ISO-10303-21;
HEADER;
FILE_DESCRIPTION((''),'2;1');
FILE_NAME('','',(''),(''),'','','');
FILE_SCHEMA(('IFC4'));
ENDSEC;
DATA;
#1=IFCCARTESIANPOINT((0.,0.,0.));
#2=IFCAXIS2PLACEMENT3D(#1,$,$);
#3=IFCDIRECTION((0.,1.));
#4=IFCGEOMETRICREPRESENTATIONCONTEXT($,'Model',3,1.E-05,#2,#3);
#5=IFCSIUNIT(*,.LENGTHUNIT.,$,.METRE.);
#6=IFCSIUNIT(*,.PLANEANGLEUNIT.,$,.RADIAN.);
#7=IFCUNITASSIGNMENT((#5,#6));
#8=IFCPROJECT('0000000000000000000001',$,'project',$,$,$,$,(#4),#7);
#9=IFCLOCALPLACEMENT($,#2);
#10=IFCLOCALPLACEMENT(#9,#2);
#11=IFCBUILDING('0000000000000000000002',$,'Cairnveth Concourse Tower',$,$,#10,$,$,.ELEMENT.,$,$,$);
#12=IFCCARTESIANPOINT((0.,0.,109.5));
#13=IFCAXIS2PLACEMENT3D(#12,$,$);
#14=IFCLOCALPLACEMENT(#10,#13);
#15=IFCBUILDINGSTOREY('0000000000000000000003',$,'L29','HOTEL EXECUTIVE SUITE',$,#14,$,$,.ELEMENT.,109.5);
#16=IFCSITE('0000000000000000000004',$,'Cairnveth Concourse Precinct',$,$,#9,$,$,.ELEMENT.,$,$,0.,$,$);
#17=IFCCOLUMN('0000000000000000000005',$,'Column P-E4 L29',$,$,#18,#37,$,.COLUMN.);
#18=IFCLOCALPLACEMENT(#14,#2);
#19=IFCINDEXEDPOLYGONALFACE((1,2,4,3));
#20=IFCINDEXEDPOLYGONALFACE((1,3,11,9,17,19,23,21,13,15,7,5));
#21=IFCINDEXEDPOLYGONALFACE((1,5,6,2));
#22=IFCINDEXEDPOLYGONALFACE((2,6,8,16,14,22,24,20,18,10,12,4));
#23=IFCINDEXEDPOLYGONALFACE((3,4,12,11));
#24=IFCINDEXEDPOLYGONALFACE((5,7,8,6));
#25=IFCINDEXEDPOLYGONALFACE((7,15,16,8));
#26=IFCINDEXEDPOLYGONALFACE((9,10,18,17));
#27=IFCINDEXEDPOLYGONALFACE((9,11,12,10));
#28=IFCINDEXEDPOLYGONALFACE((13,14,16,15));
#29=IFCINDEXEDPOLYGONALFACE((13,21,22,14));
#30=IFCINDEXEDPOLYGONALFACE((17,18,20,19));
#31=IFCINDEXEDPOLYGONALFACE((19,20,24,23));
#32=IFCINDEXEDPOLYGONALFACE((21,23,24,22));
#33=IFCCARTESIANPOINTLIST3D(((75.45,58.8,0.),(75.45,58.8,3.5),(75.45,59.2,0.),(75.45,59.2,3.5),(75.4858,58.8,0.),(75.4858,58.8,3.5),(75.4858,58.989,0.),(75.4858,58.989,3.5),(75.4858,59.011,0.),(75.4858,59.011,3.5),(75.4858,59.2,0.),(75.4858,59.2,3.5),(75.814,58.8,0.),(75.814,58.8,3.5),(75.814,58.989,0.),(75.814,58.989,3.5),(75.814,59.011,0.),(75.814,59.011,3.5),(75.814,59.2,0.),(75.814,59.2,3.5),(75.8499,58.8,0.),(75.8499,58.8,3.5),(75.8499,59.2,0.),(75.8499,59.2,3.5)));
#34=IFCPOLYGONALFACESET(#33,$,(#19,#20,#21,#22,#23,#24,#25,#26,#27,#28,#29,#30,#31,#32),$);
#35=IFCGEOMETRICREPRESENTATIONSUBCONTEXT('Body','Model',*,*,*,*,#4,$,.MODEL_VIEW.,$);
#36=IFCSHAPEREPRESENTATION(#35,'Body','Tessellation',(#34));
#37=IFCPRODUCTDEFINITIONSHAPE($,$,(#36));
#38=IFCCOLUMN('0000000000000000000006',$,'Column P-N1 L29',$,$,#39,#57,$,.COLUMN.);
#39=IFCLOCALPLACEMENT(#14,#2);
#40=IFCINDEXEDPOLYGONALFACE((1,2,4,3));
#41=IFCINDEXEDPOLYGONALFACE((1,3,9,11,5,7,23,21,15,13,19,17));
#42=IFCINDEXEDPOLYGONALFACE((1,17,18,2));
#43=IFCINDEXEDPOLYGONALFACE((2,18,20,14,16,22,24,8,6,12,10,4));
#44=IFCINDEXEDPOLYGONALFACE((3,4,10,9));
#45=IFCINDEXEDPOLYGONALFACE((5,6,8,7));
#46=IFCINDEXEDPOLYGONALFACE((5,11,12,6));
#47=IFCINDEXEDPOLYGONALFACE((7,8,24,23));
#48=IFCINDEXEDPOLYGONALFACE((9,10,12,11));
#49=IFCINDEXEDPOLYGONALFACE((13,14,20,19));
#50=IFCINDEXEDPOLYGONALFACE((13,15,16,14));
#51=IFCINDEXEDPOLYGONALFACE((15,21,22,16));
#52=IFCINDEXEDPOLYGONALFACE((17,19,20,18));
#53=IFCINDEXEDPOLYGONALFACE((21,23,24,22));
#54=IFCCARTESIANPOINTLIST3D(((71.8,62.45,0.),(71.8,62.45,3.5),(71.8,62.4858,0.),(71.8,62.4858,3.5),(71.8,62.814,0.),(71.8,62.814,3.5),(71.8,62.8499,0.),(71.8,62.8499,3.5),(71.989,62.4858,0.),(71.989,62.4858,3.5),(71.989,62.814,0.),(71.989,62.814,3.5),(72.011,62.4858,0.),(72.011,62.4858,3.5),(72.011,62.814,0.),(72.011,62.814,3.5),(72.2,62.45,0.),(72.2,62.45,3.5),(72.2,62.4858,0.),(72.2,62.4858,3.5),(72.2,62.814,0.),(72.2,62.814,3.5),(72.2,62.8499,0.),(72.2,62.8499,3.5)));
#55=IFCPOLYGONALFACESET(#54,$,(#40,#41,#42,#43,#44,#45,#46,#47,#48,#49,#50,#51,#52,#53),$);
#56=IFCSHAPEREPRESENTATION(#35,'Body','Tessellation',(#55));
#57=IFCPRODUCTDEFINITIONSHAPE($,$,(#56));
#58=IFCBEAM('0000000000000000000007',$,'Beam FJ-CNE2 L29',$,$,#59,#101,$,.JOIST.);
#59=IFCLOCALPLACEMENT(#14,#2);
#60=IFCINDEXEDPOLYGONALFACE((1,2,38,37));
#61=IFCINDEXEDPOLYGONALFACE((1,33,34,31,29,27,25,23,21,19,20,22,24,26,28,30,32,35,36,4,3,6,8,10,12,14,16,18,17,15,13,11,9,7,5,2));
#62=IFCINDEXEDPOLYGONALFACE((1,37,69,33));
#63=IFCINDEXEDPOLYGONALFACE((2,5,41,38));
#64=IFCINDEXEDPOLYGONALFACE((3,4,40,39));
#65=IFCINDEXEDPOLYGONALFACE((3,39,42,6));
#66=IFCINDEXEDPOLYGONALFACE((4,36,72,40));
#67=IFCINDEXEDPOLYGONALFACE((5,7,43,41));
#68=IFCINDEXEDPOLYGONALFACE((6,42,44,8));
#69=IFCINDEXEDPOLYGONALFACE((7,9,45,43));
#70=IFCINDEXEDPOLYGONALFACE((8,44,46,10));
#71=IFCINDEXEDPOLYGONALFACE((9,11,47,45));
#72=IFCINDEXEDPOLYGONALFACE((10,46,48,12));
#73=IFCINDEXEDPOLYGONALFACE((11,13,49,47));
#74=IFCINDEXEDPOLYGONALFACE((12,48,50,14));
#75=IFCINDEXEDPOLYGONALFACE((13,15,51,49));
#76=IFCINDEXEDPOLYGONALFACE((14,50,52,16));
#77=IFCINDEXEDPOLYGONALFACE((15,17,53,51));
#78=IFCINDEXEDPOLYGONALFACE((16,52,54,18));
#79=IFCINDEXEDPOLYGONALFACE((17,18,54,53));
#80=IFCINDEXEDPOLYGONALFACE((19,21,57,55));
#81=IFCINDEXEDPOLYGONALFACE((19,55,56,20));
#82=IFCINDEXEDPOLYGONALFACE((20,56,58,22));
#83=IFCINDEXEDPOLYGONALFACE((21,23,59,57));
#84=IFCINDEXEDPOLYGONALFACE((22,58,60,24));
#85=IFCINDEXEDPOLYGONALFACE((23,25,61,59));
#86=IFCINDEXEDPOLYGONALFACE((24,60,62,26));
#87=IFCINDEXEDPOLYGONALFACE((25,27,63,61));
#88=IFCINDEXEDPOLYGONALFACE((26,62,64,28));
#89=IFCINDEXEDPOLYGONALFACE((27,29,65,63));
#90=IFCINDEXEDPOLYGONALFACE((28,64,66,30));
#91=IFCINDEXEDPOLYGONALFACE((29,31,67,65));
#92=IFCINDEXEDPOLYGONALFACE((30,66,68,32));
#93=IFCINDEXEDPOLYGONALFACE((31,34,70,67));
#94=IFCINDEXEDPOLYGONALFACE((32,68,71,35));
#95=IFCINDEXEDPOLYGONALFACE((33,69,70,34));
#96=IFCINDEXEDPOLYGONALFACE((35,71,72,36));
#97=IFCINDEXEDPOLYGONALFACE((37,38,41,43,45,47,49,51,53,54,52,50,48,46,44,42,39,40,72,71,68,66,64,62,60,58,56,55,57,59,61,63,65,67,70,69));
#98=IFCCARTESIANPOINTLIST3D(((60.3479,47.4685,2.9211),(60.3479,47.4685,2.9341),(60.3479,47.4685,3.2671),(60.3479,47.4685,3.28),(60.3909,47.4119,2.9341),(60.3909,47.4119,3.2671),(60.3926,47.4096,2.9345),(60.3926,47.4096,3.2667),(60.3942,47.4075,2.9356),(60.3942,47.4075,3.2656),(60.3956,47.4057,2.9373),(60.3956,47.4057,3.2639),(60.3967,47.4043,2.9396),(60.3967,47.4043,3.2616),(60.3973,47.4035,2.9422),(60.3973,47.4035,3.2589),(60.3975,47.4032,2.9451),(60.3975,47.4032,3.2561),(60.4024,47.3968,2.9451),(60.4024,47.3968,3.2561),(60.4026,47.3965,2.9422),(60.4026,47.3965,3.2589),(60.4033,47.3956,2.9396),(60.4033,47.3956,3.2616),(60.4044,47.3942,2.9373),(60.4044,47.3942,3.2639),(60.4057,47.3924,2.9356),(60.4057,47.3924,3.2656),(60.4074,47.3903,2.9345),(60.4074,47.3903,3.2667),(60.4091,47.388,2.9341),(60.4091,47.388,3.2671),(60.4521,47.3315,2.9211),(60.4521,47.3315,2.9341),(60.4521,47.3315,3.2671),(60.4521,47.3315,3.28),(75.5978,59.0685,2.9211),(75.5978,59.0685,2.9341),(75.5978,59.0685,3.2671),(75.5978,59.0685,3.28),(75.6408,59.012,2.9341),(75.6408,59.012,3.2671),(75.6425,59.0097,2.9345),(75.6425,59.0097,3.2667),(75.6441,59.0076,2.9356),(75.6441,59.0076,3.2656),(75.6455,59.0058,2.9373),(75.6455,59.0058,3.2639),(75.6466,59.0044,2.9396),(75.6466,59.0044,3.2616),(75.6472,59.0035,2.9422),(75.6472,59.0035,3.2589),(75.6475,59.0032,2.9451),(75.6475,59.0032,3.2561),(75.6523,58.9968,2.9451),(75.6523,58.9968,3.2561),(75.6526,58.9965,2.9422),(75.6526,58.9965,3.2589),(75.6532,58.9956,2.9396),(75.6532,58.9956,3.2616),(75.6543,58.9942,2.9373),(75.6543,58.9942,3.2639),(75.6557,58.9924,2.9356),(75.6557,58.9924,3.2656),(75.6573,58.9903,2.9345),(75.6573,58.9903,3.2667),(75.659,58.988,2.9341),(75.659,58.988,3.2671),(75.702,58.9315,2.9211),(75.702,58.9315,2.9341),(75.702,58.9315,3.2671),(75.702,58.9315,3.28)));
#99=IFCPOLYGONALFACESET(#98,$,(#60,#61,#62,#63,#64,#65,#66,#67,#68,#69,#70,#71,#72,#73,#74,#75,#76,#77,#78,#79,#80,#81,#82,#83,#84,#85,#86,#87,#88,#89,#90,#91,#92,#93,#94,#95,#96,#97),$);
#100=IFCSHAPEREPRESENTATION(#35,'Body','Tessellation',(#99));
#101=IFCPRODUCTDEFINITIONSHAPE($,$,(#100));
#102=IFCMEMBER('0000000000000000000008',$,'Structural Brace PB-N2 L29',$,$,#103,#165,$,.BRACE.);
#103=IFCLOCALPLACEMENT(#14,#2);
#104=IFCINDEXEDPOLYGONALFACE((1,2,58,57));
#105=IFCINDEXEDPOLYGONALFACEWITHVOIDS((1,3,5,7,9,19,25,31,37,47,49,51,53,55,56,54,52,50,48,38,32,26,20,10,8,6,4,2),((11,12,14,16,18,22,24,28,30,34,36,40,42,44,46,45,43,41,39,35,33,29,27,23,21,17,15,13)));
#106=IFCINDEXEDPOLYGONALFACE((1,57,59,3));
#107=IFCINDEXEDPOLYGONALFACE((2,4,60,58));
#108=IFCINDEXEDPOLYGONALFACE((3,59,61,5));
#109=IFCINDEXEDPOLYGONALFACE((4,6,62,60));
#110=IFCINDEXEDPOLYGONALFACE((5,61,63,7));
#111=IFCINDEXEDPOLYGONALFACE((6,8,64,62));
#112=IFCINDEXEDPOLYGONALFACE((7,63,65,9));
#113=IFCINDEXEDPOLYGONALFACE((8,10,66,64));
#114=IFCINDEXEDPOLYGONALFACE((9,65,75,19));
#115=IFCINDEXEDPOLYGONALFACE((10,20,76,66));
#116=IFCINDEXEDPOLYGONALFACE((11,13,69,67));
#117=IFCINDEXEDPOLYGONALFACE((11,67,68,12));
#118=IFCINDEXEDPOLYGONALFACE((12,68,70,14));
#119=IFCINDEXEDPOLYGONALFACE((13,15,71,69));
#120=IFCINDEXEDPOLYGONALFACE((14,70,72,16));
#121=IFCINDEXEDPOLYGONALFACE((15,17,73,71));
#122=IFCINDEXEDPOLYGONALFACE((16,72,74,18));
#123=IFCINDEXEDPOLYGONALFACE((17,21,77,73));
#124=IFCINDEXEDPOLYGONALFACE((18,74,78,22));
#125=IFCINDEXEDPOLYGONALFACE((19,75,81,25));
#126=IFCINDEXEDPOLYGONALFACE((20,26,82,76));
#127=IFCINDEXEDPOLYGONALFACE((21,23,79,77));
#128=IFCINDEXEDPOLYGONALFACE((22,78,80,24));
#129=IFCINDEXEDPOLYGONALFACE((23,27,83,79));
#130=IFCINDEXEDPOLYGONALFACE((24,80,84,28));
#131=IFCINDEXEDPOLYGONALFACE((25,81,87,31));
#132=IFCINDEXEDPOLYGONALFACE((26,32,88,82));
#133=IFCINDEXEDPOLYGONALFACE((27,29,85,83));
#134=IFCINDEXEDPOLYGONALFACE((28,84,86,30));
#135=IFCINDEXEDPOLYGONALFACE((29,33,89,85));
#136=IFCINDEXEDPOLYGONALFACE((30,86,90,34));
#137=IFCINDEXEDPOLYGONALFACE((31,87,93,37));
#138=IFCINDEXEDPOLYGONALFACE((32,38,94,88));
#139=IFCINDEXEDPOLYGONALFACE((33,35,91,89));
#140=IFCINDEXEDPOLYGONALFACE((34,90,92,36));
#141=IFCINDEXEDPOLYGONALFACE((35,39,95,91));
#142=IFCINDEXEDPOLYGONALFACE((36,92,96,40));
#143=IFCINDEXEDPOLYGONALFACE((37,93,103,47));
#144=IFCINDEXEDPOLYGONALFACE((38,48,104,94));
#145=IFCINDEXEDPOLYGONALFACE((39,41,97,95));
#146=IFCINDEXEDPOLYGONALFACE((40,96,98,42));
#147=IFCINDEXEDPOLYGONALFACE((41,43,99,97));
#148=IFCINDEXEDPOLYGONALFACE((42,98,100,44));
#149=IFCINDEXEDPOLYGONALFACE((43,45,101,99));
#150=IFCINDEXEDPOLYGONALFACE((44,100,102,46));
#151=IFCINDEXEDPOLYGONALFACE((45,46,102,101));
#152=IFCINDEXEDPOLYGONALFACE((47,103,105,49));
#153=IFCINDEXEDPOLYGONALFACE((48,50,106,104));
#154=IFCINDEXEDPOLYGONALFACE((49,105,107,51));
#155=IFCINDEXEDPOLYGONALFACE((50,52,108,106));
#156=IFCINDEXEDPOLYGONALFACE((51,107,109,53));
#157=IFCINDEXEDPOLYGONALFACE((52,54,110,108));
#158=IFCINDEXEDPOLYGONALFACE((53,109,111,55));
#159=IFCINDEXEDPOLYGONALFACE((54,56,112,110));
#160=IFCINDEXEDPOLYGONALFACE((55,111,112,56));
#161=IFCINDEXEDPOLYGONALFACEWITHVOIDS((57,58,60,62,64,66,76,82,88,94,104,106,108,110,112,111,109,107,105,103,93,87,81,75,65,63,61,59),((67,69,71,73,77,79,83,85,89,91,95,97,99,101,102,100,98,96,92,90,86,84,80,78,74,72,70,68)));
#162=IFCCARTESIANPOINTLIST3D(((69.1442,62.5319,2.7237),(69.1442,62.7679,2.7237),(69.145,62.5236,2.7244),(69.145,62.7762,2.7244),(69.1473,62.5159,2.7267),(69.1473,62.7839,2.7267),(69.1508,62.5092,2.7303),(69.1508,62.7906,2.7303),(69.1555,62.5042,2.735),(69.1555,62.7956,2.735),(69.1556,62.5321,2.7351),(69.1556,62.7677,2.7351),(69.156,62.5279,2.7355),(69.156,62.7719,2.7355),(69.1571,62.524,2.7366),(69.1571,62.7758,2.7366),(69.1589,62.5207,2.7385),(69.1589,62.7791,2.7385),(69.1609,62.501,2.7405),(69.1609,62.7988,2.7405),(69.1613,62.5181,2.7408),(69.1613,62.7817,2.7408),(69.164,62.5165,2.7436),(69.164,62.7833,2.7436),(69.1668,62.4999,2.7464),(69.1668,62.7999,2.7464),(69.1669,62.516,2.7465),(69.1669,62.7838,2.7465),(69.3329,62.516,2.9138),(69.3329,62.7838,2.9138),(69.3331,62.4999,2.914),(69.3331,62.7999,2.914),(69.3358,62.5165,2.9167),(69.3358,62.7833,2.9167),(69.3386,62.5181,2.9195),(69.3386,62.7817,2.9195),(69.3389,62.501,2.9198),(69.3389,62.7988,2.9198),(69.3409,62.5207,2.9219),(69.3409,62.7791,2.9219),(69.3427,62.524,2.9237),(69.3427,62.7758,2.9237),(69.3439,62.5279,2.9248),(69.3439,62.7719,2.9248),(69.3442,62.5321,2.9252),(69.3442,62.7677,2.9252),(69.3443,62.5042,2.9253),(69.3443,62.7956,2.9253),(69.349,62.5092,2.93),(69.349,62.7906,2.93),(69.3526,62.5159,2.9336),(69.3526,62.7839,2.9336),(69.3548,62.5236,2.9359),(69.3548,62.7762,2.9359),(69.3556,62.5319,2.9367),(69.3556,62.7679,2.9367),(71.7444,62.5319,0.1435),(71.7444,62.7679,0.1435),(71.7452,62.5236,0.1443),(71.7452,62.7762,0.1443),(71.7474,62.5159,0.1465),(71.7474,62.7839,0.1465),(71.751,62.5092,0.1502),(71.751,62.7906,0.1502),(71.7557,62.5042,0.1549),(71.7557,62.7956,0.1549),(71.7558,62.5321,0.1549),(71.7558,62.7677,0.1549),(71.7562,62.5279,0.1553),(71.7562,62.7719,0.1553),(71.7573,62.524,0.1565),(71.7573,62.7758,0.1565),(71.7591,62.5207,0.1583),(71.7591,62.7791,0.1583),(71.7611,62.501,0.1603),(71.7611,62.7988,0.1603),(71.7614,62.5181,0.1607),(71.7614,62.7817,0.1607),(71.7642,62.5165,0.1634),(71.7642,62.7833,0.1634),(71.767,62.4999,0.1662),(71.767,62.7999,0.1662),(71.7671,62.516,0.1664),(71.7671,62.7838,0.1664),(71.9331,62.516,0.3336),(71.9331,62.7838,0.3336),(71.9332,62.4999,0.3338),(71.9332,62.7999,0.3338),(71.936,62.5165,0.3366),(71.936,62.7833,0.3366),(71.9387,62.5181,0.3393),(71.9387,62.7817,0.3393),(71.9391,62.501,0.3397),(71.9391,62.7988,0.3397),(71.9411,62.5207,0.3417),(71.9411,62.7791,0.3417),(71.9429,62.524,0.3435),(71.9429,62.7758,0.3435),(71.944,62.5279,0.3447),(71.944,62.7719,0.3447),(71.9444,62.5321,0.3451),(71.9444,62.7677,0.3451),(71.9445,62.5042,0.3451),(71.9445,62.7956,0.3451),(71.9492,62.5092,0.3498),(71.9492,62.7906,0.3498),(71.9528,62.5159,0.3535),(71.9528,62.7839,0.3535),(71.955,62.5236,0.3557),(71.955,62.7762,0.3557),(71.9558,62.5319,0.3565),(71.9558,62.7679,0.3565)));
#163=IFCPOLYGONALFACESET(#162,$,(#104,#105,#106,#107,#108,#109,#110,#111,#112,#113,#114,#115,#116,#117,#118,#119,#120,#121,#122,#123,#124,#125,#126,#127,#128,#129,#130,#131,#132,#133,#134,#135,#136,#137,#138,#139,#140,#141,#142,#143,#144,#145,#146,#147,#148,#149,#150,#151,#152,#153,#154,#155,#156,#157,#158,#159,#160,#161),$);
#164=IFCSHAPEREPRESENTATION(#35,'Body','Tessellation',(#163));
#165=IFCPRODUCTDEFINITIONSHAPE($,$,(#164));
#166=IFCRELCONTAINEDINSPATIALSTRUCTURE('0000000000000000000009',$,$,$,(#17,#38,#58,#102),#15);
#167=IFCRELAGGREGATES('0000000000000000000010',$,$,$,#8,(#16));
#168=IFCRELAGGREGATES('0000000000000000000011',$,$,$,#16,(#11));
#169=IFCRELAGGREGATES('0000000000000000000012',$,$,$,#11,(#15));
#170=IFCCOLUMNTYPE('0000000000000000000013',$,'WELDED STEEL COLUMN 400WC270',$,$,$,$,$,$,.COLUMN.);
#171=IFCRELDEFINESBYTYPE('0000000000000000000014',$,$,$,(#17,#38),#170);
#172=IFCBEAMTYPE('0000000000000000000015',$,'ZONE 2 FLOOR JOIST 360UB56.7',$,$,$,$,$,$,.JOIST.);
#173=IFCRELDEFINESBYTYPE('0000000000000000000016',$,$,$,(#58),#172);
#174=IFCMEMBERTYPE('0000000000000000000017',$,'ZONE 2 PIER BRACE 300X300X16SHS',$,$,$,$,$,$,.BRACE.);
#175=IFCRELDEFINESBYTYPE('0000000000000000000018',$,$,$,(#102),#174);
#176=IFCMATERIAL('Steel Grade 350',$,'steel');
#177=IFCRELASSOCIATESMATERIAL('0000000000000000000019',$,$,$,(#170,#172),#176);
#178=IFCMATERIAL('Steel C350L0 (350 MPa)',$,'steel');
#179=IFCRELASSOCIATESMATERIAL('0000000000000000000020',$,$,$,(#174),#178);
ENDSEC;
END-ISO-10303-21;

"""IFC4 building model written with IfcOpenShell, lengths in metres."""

from ifc_helpers import new_model, si_unit, direction, frame, origin, origin_2d, place, context, subcontext, project, spatial, hollow_rectangle, i_section, extrude, material, material_profile, profile_set, type_object, element, save


model = new_model("IFC4")

# Units and contexts
model_context = context("Model", 3, precision=1e-05, world=origin(), true_north=direction((0.0, 1.0)))
body_context = subcontext(model_context, "Body", "Model", "MODEL_VIEW")
ifc_project = project(units=[si_unit("LENGTHUNIT", "METRE"), si_unit("PLANEANGLEUNIT", "RADIAN")], contexts=[model_context])

# Site, building, storey
site_placement = place(None, origin())
site = spatial("IfcSite", under=ifc_project, at=site_placement, Name="Cairnveth Concourse Precinct", CompositionType="ELEMENT", RefElevation=0.0)
building_placement = place(site_placement, origin())
building = spatial("IfcBuilding", under=site, at=building_placement, Name="Cairnveth Concourse Tower", CompositionType="ELEMENT")
storey_placement = place(building_placement, frame((0.0, 0.0, 109.5)))
storey = spatial("IfcBuildingStorey", under=building, at=storey_placement, Name="L29", Description="HOTEL EXECUTIVE SUITE", CompositionType="ELEMENT", Elevation=109.5)

# Columns
ifc_material_1 = material(Name="Steel Grade 350", Category="steel")
ifc_material_profile_1 = material_profile(ifc_material_1, i_section(OverallWidth=0.3999, OverallDepth=0.3999, WebThickness=0.022, FlangeThickness=0.0359, at=origin_2d()), Name="400WC270")
ifc_profile_set_1 = profile_set([ifc_material_profile_1], Name="Steel Grade 350")
column_type = type_object("IfcColumnType", Name="WELDED STEEL COLUMN 400WC270", PredefinedType="COLUMN", material=ifc_profile_set_1)
for number, where, z_axis, x_axis, name in (
    (1, (75.6499, 59.0, 0.0), (0.0, 0.0, 1.0), (0.0, 1.0, 0.0), "Column P-E4 L29"),
    (2, (72.0, 62.6499, 0.0), (0.0, 0.0, 1.0), (1.0, 0.0, 0.0), "Column P-N1 L29"),
):
    element("IfcColumn", number, at=place(storey_placement, frame(where, z_axis=z_axis, x_axis=x_axis)), inside=storey, type_object=column_type, Name=name, PredefinedType="COLUMN", context=body_context, shape_type="SweptSolid", body=[
        extrude(i_section(OverallWidth=0.3999, OverallDepth=0.3999, WebThickness=0.022, FlangeThickness=0.0359, at=origin_2d()), origin(), (0.0, 0.0, 1.0), 3.5),
    ])

# Beam
ifc_material_profile_2 = material_profile(ifc_material_1, i_section(OverallWidth=0.1721, OverallDepth=0.3589, WebThickness=0.0081, FlangeThickness=0.0129, FilletRadius=0.011, at=origin_2d()), Name="360UB56.7")
ifc_profile_set_2 = profile_set([ifc_material_profile_2], Name="Steel Grade 350")
beam_type_1 = type_object("IfcBeamType", Name="ZONE 2 FLOOR JOIST 360UB56.7", PredefinedType="JOIST", material=ifc_profile_set_2)
beam_1_placement = place(storey_placement, frame((75.6499, 59.0, 3.1006), z_axis=(-0.795908, -0.605417, 0.0), x_axis=(0.605417, -0.795908, 0.0)))
element("IfcBeam", 3, at=beam_1_placement, inside=storey, type_object=beam_type_1, Name="Beam FJ-CNE2 L29", PredefinedType="JOIST", context=body_context, shape_type="SweptSolid", body=[
    extrude(i_section(OverallWidth=0.1721, OverallDepth=0.3589, WebThickness=0.0081, FlangeThickness=0.0129, FilletRadius=0.011, at=origin_2d()), origin(), (0.0, 0.0, 1.0), 19.1604),
])

# Member
ifc_material_2 = material(Name="Steel C350L0 (350 MPa)", Category="steel")
ifc_material_profile_3 = material_profile(ifc_material_2, hollow_rectangle(XDim=0.3, YDim=0.3, WallThickness=0.0161, InnerFilletRadius=0.0161, OuterFilletRadius=0.032, at=origin_2d()), Name="300x300x16.0SHS")
ifc_profile_set_3 = profile_set([ifc_material_profile_3], Name="Steel C350L0 (350 MPa)")
member_type = type_object("IfcMemberType", Name="ZONE 2 PIER BRACE 300X300X16SHS", PredefinedType="BRACE", material=ifc_profile_set_3)
for number, where, z_axis, x_axis, name in (
    (4, (71.8501, 62.6499, 0.25), (-0.709834, 0.0, 0.704369), (0.0, -1.0, 0.0), "Structural Brace PB-N2 L29"),
):
    element("IfcMember", number, at=place(storey_placement, frame(where, z_axis=z_axis, x_axis=x_axis)), inside=storey, type_object=member_type, Name=name, PredefinedType="BRACE", context=body_context, shape_type="SweptSolid", body=[
        extrude(hollow_rectangle(XDim=0.3, YDim=0.3, WallThickness=0.0161, InnerFilletRadius=0.0161, OuterFilletRadius=0.032, at=origin_2d()), origin(), (0.0, 0.0, 1.0), 3.6631),
    ])

save(model, "model.ifc")
